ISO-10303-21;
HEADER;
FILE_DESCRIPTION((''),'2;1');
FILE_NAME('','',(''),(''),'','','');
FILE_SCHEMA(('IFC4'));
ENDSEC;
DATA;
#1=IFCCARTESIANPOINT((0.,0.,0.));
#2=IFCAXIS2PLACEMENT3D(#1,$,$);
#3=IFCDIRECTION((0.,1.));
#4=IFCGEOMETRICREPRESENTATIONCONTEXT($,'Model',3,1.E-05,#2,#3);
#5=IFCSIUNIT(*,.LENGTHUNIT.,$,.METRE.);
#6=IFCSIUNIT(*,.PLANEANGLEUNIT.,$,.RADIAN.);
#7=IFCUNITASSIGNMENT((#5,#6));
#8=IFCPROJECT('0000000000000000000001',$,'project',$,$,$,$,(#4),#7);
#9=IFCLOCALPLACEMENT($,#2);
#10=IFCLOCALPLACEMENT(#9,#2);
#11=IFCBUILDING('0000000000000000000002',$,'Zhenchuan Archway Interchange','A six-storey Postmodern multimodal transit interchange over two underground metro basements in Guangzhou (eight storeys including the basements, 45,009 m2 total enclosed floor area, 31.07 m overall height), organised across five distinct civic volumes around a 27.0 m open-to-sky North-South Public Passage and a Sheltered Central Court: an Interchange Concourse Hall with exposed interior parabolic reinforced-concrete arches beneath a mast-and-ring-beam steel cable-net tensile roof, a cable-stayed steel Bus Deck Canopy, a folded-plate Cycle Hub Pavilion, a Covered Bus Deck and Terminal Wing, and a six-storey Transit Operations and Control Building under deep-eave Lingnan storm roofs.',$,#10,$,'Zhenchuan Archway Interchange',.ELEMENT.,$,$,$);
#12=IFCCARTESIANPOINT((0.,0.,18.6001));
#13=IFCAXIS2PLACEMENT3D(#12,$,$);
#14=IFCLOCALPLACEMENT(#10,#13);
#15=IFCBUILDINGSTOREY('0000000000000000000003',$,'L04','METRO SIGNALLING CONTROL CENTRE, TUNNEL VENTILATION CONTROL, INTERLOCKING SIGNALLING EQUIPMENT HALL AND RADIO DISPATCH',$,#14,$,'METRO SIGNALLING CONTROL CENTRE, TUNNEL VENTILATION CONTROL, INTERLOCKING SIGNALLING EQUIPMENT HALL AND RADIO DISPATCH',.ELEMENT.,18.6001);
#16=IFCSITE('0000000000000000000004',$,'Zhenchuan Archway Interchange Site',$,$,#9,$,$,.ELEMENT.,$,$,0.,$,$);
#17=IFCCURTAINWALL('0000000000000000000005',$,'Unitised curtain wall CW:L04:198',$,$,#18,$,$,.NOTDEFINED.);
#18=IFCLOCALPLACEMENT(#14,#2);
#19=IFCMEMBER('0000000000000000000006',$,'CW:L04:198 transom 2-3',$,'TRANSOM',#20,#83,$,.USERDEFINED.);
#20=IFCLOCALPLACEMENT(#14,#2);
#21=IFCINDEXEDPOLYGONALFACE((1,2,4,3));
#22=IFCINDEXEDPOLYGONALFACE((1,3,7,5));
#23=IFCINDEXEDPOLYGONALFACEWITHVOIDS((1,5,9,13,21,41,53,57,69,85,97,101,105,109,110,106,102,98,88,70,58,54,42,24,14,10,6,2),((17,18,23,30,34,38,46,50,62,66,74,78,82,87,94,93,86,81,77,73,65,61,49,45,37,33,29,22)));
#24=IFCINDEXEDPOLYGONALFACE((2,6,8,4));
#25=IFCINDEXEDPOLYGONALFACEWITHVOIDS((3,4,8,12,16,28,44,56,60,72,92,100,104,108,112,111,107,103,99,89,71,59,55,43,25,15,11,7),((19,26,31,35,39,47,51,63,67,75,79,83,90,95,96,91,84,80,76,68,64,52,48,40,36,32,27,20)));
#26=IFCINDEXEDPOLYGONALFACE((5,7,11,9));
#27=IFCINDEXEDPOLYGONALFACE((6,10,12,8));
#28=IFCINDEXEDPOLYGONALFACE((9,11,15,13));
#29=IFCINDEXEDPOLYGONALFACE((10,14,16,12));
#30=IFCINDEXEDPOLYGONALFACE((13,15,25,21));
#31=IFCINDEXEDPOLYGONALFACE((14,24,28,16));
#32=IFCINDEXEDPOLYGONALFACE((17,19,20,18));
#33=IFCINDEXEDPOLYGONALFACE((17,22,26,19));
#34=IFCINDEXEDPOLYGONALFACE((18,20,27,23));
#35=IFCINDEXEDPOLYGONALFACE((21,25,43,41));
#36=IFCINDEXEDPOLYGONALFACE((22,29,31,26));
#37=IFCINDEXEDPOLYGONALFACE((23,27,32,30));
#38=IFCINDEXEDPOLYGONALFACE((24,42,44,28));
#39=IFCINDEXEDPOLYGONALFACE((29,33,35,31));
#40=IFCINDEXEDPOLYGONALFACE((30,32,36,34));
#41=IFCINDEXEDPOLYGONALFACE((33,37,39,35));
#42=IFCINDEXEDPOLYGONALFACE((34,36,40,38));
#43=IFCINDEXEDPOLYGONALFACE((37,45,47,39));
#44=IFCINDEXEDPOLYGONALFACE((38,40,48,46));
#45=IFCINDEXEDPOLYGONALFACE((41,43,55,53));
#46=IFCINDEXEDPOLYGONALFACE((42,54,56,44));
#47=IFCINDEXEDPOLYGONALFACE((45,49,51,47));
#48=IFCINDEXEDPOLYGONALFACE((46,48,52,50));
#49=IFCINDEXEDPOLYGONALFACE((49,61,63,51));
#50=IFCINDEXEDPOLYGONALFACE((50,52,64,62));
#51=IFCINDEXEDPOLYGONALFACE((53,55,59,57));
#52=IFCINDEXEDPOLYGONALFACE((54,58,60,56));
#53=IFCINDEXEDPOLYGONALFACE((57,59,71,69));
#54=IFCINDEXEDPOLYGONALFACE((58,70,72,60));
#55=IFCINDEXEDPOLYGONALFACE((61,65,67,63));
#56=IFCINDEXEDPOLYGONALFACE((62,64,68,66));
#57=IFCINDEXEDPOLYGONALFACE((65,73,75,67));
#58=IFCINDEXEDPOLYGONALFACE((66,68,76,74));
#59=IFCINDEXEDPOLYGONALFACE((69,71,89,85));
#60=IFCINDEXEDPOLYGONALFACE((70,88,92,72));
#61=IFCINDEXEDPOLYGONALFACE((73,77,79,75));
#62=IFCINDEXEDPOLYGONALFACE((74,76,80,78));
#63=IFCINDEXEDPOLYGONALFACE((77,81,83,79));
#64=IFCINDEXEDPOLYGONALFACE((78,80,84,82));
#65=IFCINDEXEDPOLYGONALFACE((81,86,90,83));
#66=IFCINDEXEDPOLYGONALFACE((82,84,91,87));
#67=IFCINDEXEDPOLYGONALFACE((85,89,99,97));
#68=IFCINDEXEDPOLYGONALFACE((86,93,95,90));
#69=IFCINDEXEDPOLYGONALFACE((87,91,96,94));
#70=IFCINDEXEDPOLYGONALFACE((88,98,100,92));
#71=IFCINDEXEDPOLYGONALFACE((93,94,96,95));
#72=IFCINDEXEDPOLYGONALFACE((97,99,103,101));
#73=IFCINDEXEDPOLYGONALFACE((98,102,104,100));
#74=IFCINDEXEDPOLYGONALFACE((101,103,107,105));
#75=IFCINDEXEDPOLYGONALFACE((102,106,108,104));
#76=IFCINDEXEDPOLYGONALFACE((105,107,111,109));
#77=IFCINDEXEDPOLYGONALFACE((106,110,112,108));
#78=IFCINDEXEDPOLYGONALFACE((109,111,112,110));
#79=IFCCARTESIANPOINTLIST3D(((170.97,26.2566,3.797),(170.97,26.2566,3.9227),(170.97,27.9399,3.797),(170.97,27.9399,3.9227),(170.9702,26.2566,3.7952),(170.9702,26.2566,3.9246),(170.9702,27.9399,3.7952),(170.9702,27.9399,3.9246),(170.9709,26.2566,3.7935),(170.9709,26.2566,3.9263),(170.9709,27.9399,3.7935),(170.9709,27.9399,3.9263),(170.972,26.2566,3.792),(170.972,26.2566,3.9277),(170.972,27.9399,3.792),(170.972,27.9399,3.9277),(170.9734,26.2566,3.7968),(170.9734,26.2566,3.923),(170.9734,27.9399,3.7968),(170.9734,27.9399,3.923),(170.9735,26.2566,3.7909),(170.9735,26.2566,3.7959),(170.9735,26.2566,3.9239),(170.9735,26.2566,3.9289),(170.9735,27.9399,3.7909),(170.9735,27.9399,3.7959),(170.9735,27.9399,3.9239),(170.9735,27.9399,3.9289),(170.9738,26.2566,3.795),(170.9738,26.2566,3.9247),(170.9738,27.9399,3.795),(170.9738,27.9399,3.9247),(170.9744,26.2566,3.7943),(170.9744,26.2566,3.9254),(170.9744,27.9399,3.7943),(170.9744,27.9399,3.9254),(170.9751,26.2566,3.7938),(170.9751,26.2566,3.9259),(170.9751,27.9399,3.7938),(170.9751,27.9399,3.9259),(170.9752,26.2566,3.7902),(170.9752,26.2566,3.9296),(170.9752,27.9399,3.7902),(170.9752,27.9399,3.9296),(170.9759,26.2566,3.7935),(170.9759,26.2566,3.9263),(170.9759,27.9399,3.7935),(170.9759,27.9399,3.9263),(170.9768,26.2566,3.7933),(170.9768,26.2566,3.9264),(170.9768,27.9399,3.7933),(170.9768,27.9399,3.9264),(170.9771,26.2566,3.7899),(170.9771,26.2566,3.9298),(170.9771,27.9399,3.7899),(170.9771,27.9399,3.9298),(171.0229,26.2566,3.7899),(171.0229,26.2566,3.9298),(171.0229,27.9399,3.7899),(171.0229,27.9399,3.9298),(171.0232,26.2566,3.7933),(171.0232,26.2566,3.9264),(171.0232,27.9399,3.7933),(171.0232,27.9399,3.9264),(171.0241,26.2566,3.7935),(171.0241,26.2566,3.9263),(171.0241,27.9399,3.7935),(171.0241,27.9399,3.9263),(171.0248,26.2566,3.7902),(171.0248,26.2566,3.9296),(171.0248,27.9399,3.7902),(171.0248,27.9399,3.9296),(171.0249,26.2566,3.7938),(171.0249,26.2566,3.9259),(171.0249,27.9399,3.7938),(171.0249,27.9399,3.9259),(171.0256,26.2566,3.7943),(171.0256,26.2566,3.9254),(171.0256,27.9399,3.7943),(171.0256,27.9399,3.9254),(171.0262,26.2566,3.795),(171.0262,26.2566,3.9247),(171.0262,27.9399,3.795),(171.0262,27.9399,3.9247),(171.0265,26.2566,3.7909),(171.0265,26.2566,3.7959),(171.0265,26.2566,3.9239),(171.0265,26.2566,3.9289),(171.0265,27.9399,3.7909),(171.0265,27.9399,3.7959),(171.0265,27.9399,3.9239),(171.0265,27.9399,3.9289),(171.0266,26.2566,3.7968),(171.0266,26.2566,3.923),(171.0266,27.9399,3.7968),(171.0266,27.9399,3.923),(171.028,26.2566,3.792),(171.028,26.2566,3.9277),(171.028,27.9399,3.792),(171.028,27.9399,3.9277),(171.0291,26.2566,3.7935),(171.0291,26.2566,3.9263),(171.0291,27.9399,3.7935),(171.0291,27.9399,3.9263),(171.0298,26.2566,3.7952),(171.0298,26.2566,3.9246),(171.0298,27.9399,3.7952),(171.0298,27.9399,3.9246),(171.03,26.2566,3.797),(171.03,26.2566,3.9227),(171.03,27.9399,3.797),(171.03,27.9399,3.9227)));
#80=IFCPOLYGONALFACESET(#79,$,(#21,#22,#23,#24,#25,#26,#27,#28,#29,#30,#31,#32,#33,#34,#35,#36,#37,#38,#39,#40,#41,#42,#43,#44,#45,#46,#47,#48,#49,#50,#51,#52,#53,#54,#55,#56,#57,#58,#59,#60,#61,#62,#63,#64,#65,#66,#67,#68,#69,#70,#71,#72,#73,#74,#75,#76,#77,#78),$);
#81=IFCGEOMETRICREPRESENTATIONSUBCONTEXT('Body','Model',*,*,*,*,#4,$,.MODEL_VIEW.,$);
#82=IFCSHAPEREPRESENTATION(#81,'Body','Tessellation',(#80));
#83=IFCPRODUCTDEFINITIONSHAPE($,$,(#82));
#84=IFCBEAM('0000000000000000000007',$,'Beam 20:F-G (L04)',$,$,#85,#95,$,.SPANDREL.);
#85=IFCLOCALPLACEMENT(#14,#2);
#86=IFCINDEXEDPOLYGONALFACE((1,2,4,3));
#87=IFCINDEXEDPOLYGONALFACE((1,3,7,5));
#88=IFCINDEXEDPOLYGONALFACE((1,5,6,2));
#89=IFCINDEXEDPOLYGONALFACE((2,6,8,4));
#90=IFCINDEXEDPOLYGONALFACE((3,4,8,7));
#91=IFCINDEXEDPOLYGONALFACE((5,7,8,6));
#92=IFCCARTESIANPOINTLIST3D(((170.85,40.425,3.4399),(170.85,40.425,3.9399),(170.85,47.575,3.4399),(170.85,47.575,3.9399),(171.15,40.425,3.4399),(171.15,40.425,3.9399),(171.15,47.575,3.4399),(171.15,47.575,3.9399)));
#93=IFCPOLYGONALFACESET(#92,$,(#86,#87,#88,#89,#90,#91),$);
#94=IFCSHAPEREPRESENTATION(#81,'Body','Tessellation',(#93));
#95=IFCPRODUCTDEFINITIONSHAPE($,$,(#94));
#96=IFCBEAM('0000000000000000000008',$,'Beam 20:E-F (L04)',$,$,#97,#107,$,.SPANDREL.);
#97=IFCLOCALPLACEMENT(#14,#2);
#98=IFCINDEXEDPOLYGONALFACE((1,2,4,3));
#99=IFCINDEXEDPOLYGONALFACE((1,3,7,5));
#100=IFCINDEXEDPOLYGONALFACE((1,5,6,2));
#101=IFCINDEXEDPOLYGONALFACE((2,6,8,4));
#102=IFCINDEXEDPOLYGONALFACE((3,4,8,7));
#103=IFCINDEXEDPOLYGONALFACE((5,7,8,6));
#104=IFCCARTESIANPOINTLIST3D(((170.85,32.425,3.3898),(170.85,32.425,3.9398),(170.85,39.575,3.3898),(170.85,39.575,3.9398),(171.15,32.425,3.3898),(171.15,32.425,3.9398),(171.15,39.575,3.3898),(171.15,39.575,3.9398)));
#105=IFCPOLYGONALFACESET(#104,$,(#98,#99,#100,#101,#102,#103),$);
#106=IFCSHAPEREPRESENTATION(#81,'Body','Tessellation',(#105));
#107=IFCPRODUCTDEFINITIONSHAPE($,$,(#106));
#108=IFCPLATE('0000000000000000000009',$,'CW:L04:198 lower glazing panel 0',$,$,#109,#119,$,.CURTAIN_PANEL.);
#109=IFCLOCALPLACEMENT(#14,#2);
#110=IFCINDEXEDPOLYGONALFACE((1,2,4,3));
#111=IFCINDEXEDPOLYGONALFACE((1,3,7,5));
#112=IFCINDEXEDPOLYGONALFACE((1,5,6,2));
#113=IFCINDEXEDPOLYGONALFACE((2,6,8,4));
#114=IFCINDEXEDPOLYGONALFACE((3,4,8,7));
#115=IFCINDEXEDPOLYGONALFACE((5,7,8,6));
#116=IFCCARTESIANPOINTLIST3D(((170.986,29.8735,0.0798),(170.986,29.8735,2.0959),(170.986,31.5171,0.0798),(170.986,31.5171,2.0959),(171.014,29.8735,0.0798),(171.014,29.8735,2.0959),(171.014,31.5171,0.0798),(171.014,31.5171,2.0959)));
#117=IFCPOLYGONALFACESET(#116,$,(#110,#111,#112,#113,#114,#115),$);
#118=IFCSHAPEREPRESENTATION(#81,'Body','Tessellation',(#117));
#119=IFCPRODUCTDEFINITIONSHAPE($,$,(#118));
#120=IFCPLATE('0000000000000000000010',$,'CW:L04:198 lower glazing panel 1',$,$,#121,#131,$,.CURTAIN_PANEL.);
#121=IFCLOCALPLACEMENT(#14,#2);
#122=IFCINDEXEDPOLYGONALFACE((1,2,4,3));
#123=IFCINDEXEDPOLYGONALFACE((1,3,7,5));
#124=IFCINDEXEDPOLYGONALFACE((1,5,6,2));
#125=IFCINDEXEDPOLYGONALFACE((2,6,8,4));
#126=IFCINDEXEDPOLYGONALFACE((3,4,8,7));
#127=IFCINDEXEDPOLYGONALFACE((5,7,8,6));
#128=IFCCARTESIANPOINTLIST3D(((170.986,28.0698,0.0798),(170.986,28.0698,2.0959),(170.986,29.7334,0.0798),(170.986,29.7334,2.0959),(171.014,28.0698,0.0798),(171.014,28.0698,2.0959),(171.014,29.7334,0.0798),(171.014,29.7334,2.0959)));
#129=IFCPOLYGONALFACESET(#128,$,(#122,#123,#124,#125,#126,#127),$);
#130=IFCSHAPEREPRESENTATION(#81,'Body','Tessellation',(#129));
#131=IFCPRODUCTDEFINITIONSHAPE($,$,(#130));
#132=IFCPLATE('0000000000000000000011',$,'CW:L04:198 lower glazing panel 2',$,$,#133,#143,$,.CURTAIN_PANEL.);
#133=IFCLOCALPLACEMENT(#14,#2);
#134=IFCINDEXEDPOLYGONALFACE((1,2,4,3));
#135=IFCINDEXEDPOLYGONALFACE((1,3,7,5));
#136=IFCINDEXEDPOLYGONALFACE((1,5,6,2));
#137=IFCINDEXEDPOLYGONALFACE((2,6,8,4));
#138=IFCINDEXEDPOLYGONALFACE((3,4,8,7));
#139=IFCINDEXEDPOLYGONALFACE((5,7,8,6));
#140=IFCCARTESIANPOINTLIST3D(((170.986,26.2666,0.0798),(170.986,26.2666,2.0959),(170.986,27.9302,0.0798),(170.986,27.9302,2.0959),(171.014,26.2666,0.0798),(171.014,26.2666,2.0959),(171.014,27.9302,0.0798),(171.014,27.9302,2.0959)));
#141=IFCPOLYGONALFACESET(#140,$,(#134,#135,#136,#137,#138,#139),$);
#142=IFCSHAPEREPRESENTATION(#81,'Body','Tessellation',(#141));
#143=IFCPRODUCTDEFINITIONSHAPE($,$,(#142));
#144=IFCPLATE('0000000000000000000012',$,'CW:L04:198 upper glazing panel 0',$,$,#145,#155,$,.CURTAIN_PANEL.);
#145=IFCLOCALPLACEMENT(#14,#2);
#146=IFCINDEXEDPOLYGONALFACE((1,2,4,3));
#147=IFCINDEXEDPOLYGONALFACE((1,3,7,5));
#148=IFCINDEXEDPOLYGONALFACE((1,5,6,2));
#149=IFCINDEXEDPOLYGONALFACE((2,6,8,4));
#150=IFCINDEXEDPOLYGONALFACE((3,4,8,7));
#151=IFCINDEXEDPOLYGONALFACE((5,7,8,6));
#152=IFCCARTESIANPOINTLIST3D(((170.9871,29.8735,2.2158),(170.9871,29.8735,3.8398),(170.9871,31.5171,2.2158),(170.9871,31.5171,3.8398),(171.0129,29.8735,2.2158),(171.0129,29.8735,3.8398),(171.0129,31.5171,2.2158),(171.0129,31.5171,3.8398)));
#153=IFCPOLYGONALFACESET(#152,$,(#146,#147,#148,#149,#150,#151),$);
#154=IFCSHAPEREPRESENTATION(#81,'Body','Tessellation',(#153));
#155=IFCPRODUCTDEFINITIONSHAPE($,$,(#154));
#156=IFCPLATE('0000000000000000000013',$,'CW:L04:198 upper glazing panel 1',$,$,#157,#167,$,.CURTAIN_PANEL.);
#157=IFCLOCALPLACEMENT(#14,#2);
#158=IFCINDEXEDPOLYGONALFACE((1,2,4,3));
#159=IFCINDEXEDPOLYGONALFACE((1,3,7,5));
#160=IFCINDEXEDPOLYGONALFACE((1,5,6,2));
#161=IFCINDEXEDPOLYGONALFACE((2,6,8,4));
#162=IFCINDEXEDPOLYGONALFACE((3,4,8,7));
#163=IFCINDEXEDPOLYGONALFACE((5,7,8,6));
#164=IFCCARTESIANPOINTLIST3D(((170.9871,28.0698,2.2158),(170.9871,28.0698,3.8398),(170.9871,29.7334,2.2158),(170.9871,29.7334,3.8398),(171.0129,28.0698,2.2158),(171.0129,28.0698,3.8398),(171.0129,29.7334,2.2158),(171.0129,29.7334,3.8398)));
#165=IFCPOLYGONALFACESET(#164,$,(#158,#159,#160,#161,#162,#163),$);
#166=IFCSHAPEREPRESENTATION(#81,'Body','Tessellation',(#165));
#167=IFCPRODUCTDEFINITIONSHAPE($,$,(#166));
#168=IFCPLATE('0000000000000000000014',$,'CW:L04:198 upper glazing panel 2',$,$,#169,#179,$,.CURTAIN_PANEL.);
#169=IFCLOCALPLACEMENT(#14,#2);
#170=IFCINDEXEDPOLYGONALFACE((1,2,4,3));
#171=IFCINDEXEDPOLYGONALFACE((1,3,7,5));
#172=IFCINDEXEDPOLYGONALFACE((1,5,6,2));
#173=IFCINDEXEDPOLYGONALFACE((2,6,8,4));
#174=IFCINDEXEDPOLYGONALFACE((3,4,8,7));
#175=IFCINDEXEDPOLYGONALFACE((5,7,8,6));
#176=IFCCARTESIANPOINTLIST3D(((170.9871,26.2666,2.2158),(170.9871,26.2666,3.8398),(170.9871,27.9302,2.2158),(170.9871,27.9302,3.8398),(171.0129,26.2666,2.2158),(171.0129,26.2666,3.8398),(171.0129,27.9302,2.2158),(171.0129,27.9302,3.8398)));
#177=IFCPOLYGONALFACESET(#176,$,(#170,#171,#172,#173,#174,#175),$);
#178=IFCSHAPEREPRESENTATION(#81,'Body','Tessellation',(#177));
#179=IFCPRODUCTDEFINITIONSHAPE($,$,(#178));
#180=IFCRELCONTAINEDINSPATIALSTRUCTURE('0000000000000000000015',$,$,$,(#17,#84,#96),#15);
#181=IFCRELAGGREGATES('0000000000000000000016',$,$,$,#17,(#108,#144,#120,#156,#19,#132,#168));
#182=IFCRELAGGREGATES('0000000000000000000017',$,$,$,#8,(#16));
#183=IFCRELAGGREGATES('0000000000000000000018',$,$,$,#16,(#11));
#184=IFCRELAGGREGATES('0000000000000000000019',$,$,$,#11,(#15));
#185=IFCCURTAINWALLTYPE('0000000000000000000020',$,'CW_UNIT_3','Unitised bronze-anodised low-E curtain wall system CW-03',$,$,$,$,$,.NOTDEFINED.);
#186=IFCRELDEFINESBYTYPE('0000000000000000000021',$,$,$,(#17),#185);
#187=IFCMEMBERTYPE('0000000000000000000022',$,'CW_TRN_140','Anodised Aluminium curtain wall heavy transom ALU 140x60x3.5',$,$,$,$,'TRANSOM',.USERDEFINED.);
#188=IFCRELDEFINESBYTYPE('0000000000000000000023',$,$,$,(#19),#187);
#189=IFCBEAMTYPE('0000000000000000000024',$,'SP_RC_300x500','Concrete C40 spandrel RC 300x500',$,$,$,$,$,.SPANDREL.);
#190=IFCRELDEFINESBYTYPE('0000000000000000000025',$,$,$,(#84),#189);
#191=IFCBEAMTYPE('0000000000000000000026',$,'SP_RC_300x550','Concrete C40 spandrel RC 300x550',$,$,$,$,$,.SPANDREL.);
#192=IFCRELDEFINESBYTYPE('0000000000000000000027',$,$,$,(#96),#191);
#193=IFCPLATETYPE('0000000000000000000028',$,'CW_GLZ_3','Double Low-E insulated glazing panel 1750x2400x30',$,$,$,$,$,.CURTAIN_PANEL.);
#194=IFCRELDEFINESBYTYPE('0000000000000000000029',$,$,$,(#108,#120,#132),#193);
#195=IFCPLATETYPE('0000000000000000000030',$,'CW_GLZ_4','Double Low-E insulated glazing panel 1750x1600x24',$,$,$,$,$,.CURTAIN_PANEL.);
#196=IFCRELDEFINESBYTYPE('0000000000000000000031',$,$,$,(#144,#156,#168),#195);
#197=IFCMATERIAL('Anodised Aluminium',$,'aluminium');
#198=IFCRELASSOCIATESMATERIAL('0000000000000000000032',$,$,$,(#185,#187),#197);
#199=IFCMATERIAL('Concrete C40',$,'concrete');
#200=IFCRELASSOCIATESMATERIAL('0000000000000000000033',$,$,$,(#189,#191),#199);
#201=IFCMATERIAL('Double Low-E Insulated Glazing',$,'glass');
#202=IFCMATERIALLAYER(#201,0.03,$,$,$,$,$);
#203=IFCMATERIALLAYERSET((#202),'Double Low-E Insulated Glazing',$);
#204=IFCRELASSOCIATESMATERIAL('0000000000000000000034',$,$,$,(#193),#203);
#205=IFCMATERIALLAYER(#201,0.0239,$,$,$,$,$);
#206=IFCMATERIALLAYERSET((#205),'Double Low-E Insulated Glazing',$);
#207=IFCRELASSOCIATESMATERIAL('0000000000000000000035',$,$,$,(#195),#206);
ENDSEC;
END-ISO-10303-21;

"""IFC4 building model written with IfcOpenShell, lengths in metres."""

from ifc_helpers import new_model, si_unit, direction, frame, origin, origin_2d, place, context, subcontext, project, spatial, rectangle, hollow_rectangle, extrude, material, layer, layer_set, material_profile, profile_set, type_object, element, aggregate, save


model = new_model("IFC4")

# Units and contexts
model_context = context("Model", 3, precision=1e-05, world=origin(), true_north=direction((0.0, 1.0)))
body_context = subcontext(model_context, "Body", "Model", "MODEL_VIEW")
ifc_project = project(units=[si_unit("LENGTHUNIT", "METRE"), si_unit("PLANEANGLEUNIT", "RADIAN")], contexts=[model_context])

# Site, building, storey
site_placement = place(None, origin())
site = spatial("IfcSite", under=ifc_project, at=site_placement, Name="Zhenchuan Archway Interchange Site", CompositionType="ELEMENT", RefElevation=0.0)
building_placement = place(site_placement, origin())
building = spatial("IfcBuilding", under=site, at=building_placement, Name="Zhenchuan Archway Interchange", Description="A six-storey Postmodern multimodal transit interchange over two underground metro basements in Guangzhou (eight storeys including the basements, 45,009 m2 total enclosed floor area, 31.07 m overall height), organised across five distinct civic volumes around a 27.0 m open-to-sky North-South Public Passage and a Sheltered Central Court: an Interchange Concourse Hall with exposed interior parabolic reinforced-concrete arches beneath a mast-and-ring-beam steel cable-net tensile roof, a cable-stayed steel Bus Deck Canopy, a folded-plate Cycle Hub Pavilion, a Covered Bus Deck and Terminal Wing, and a six-storey Transit Operations and Control Building under deep-eave Lingnan storm roofs.", LongName="Zhenchuan Archway Interchange", CompositionType="ELEMENT")
storey_placement = place(building_placement, frame((0.0, 0.0, 18.6001)))
storey = spatial("IfcBuildingStorey", under=building, at=storey_placement, Name="L04", Description="METRO SIGNALLING CONTROL CENTRE, TUNNEL VENTILATION CONTROL, INTERLOCKING SIGNALLING EQUIPMENT HALL AND RADIO DISPATCH", LongName="METRO SIGNALLING CONTROL CENTRE, TUNNEL VENTILATION CONTROL, INTERLOCKING SIGNALLING EQUIPMENT HALL AND RADIO DISPATCH", CompositionType="ELEMENT", Elevation=18.6001)

# Shared definitions
ifc_material_1 = material(Name="Concrete C40", Category="concrete")

# Curtain wall, member
ifc_material_2 = material(Name="Anodised Aluminium", Category="aluminium")
curtain_wall_type = type_object("IfcCurtainWallType", Name="CW_UNIT_3", Description="Unitised bronze-anodised low-E curtain wall system CW-03", PredefinedType="NOTDEFINED", material=ifc_material_2)
curtain_wall_placement = place(storey_placement, origin())
curtain_wall = element("IfcCurtainWall", 1, at=curtain_wall_placement, inside=storey, type_object=curtain_wall_type, Name="Unitised curtain wall CW:L04:198", PredefinedType="NOTDEFINED")
ifc_material_profile_1 = material_profile(ifc_material_2, hollow_rectangle(XDim=0.0601, YDim=0.1399, WallThickness=0.0034, InnerFilletRadius=0.0034, OuterFilletRadius=0.0071, at=origin_2d()), Name="ALU 140x60x3.5")
ifc_profile_set_1 = profile_set([ifc_material_profile_1], Name="Anodised Aluminium")
member_type_1 = type_object("IfcMemberType", Name="CW_TRN_140", Description="Anodised Aluminium curtain wall heavy transom ALU 140x60x3.5", ElementType="TRANSOM", PredefinedType="USERDEFINED", material=ifc_profile_set_1)
member_1_placement = place(storey_placement, frame((171.0, 27.9399, 3.8599), z_axis=(0.0, -1.0, 0.0), x_axis=(1.0, 0.0, 0.0)))
member_1 = element("IfcMember", 2, at=member_1_placement, type_object=member_type_1, Name="CW:L04:198 transom 2-3", ObjectType="TRANSOM", PredefinedType="USERDEFINED", context=body_context, shape_type="SweptSolid", body=[
    extrude(hollow_rectangle(XDim=0.0601, YDim=0.1399, WallThickness=0.0034, InnerFilletRadius=0.0034, OuterFilletRadius=0.0071, at=origin_2d()), origin(), (0.0, 0.0, 1.0), 1.6833),
])

# Beams
ifc_material_profile_2 = material_profile(ifc_material_1, rectangle(XDim=0.3, YDim=0.5, at=origin_2d()), Name="RC 300x500")
ifc_profile_set_2 = profile_set([ifc_material_profile_2], Name="Concrete C40")
beam_type_1 = type_object("IfcBeamType", Name="SP_RC_300x500", Description="Concrete C40 spandrel RC 300x500", PredefinedType="SPANDREL", material=ifc_profile_set_2)
beam_1_placement = place(storey_placement, frame((171.0, 40.425, 3.6899), z_axis=(0.0, 1.0, 0.0), x_axis=(-1.0, 0.0, 0.0)))
element("IfcBeam", 3, at=beam_1_placement, inside=storey, type_object=beam_type_1, Name="Beam 20:F-G (L04)", PredefinedType="SPANDREL", context=body_context, shape_type="SweptSolid", body=[
    extrude(rectangle(XDim=0.3, YDim=0.5, at=origin_2d()), origin(), (0.0, 0.0, 1.0), 7.1499),
])
ifc_material_profile_3 = material_profile(ifc_material_1, rectangle(XDim=0.3, YDim=0.55, at=origin_2d()), Name="RC 300x550")
ifc_profile_set_3 = profile_set([ifc_material_profile_3], Name="Concrete C40")
beam_type_2 = type_object("IfcBeamType", Name="SP_RC_300x550", Description="Concrete C40 spandrel RC 300x550", PredefinedType="SPANDREL", material=ifc_profile_set_3)
beam_2_placement = place(storey_placement, frame((171.0, 32.425, 3.6648), z_axis=(0.0, 1.0, 0.0), x_axis=(-1.0, 0.0, 0.0)))
element("IfcBeam", 4, at=beam_2_placement, inside=storey, type_object=beam_type_2, Name="Beam 20:E-F (L04)", PredefinedType="SPANDREL", context=body_context, shape_type="SweptSolid", body=[
    extrude(rectangle(XDim=0.3, YDim=0.55, at=origin_2d()), origin(), (0.0, 0.0, 1.0), 7.1499),
])

# Plates
ifc_material_3 = material(Name="Double Low-E Insulated Glazing", Category="glass")
ifc_layer_1 = layer(ifc_material_3, 0.03)
ifc_layer_set_1 = layer_set([ifc_layer_1], Name="Double Low-E Insulated Glazing")
plate_type_1 = type_object("IfcPlateType", Name="CW_GLZ_3", Description="Double Low-E insulated glazing panel 1750x2400x30", PredefinedType="CURTAIN_PANEL", material=ifc_layer_set_1)
plate_1_placement = place(storey_placement, frame((171.0, 30.6953, 0.0798), z_axis=(0.0, 0.0, 1.0), x_axis=(0.0, -1.0, 0.0)))
plate_1 = element("IfcPlate", 5, at=plate_1_placement, type_object=plate_type_1, Name="CW:L04:198 lower glazing panel 0", PredefinedType="CURTAIN_PANEL", context=body_context, shape_type="SweptSolid", body=[
    extrude(rectangle(XDim=1.6436, YDim=0.0281, at=origin_2d()), origin(), (0.0, 0.0, 1.0), 2.0161),
])
plate_2_placement = place(storey_placement, frame((171.0, 28.9016, 0.0798), z_axis=(0.0, 0.0, 1.0), x_axis=(0.0, -1.0, 0.0)))
plate_2 = element("IfcPlate", 6, at=plate_2_placement, type_object=plate_type_1, Name="CW:L04:198 lower glazing panel 1", PredefinedType="CURTAIN_PANEL", context=body_context, shape_type="SweptSolid", body=[
    extrude(rectangle(XDim=1.6636, YDim=0.0281, at=origin_2d()), origin(), (0.0, 0.0, 1.0), 2.0161),
])
plate_3_placement = place(storey_placement, frame((171.0, 27.0984, 0.0798), z_axis=(0.0, 0.0, 1.0), x_axis=(0.0, -1.0, 0.0)))
plate_3 = element("IfcPlate", 7, at=plate_3_placement, type_object=plate_type_1, Name="CW:L04:198 lower glazing panel 2", PredefinedType="CURTAIN_PANEL", context=body_context, shape_type="SweptSolid", body=[
    extrude(rectangle(XDim=1.6636, YDim=0.0281, at=origin_2d()), origin(), (0.0, 0.0, 1.0), 2.0161),
])
ifc_layer_2 = layer(ifc_material_3, 0.0239)
ifc_layer_set_2 = layer_set([ifc_layer_2], Name="Double Low-E Insulated Glazing")
plate_type_2 = type_object("IfcPlateType", Name="CW_GLZ_4", Description="Double Low-E insulated glazing panel 1750x1600x24", PredefinedType="CURTAIN_PANEL", material=ifc_layer_set_2)
plate_4_placement = place(storey_placement, frame((171.0, 30.6953, 2.2158), z_axis=(0.0, 0.0, 1.0), x_axis=(0.0, -1.0, 0.0)))
plate_4 = element("IfcPlate", 8, at=plate_4_placement, type_object=plate_type_2, Name="CW:L04:198 upper glazing panel 0", PredefinedType="CURTAIN_PANEL", context=body_context, shape_type="SweptSolid", body=[
    extrude(rectangle(XDim=1.6436, YDim=0.0259, at=origin_2d()), origin(), (0.0, 0.0, 1.0), 1.624),
])
plate_5_placement = place(storey_placement, frame((171.0, 28.9016, 2.2158), z_axis=(0.0, 0.0, 1.0), x_axis=(0.0, -1.0, 0.0)))
plate_5 = element("IfcPlate", 9, at=plate_5_placement, type_object=plate_type_2, Name="CW:L04:198 upper glazing panel 1", PredefinedType="CURTAIN_PANEL", context=body_context, shape_type="SweptSolid", body=[
    extrude(rectangle(XDim=1.6636, YDim=0.0259, at=origin_2d()), origin(), (0.0, 0.0, 1.0), 1.624),
])
plate_6_placement = place(storey_placement, frame((171.0, 27.0984, 2.2158), z_axis=(0.0, 0.0, 1.0), x_axis=(0.0, -1.0, 0.0)))
plate_6 = element("IfcPlate", 10, at=plate_6_placement, type_object=plate_type_2, Name="CW:L04:198 upper glazing panel 2", PredefinedType="CURTAIN_PANEL", context=body_context, shape_type="SweptSolid", body=[
    extrude(rectangle(XDim=1.6636, YDim=0.0259, at=origin_2d()), origin(), (0.0, 0.0, 1.0), 1.624),
])
aggregate(curtain_wall, [plate_1, plate_4, plate_2, plate_5, member_1, plate_3, plate_6])

save(model, "model.ifc")
